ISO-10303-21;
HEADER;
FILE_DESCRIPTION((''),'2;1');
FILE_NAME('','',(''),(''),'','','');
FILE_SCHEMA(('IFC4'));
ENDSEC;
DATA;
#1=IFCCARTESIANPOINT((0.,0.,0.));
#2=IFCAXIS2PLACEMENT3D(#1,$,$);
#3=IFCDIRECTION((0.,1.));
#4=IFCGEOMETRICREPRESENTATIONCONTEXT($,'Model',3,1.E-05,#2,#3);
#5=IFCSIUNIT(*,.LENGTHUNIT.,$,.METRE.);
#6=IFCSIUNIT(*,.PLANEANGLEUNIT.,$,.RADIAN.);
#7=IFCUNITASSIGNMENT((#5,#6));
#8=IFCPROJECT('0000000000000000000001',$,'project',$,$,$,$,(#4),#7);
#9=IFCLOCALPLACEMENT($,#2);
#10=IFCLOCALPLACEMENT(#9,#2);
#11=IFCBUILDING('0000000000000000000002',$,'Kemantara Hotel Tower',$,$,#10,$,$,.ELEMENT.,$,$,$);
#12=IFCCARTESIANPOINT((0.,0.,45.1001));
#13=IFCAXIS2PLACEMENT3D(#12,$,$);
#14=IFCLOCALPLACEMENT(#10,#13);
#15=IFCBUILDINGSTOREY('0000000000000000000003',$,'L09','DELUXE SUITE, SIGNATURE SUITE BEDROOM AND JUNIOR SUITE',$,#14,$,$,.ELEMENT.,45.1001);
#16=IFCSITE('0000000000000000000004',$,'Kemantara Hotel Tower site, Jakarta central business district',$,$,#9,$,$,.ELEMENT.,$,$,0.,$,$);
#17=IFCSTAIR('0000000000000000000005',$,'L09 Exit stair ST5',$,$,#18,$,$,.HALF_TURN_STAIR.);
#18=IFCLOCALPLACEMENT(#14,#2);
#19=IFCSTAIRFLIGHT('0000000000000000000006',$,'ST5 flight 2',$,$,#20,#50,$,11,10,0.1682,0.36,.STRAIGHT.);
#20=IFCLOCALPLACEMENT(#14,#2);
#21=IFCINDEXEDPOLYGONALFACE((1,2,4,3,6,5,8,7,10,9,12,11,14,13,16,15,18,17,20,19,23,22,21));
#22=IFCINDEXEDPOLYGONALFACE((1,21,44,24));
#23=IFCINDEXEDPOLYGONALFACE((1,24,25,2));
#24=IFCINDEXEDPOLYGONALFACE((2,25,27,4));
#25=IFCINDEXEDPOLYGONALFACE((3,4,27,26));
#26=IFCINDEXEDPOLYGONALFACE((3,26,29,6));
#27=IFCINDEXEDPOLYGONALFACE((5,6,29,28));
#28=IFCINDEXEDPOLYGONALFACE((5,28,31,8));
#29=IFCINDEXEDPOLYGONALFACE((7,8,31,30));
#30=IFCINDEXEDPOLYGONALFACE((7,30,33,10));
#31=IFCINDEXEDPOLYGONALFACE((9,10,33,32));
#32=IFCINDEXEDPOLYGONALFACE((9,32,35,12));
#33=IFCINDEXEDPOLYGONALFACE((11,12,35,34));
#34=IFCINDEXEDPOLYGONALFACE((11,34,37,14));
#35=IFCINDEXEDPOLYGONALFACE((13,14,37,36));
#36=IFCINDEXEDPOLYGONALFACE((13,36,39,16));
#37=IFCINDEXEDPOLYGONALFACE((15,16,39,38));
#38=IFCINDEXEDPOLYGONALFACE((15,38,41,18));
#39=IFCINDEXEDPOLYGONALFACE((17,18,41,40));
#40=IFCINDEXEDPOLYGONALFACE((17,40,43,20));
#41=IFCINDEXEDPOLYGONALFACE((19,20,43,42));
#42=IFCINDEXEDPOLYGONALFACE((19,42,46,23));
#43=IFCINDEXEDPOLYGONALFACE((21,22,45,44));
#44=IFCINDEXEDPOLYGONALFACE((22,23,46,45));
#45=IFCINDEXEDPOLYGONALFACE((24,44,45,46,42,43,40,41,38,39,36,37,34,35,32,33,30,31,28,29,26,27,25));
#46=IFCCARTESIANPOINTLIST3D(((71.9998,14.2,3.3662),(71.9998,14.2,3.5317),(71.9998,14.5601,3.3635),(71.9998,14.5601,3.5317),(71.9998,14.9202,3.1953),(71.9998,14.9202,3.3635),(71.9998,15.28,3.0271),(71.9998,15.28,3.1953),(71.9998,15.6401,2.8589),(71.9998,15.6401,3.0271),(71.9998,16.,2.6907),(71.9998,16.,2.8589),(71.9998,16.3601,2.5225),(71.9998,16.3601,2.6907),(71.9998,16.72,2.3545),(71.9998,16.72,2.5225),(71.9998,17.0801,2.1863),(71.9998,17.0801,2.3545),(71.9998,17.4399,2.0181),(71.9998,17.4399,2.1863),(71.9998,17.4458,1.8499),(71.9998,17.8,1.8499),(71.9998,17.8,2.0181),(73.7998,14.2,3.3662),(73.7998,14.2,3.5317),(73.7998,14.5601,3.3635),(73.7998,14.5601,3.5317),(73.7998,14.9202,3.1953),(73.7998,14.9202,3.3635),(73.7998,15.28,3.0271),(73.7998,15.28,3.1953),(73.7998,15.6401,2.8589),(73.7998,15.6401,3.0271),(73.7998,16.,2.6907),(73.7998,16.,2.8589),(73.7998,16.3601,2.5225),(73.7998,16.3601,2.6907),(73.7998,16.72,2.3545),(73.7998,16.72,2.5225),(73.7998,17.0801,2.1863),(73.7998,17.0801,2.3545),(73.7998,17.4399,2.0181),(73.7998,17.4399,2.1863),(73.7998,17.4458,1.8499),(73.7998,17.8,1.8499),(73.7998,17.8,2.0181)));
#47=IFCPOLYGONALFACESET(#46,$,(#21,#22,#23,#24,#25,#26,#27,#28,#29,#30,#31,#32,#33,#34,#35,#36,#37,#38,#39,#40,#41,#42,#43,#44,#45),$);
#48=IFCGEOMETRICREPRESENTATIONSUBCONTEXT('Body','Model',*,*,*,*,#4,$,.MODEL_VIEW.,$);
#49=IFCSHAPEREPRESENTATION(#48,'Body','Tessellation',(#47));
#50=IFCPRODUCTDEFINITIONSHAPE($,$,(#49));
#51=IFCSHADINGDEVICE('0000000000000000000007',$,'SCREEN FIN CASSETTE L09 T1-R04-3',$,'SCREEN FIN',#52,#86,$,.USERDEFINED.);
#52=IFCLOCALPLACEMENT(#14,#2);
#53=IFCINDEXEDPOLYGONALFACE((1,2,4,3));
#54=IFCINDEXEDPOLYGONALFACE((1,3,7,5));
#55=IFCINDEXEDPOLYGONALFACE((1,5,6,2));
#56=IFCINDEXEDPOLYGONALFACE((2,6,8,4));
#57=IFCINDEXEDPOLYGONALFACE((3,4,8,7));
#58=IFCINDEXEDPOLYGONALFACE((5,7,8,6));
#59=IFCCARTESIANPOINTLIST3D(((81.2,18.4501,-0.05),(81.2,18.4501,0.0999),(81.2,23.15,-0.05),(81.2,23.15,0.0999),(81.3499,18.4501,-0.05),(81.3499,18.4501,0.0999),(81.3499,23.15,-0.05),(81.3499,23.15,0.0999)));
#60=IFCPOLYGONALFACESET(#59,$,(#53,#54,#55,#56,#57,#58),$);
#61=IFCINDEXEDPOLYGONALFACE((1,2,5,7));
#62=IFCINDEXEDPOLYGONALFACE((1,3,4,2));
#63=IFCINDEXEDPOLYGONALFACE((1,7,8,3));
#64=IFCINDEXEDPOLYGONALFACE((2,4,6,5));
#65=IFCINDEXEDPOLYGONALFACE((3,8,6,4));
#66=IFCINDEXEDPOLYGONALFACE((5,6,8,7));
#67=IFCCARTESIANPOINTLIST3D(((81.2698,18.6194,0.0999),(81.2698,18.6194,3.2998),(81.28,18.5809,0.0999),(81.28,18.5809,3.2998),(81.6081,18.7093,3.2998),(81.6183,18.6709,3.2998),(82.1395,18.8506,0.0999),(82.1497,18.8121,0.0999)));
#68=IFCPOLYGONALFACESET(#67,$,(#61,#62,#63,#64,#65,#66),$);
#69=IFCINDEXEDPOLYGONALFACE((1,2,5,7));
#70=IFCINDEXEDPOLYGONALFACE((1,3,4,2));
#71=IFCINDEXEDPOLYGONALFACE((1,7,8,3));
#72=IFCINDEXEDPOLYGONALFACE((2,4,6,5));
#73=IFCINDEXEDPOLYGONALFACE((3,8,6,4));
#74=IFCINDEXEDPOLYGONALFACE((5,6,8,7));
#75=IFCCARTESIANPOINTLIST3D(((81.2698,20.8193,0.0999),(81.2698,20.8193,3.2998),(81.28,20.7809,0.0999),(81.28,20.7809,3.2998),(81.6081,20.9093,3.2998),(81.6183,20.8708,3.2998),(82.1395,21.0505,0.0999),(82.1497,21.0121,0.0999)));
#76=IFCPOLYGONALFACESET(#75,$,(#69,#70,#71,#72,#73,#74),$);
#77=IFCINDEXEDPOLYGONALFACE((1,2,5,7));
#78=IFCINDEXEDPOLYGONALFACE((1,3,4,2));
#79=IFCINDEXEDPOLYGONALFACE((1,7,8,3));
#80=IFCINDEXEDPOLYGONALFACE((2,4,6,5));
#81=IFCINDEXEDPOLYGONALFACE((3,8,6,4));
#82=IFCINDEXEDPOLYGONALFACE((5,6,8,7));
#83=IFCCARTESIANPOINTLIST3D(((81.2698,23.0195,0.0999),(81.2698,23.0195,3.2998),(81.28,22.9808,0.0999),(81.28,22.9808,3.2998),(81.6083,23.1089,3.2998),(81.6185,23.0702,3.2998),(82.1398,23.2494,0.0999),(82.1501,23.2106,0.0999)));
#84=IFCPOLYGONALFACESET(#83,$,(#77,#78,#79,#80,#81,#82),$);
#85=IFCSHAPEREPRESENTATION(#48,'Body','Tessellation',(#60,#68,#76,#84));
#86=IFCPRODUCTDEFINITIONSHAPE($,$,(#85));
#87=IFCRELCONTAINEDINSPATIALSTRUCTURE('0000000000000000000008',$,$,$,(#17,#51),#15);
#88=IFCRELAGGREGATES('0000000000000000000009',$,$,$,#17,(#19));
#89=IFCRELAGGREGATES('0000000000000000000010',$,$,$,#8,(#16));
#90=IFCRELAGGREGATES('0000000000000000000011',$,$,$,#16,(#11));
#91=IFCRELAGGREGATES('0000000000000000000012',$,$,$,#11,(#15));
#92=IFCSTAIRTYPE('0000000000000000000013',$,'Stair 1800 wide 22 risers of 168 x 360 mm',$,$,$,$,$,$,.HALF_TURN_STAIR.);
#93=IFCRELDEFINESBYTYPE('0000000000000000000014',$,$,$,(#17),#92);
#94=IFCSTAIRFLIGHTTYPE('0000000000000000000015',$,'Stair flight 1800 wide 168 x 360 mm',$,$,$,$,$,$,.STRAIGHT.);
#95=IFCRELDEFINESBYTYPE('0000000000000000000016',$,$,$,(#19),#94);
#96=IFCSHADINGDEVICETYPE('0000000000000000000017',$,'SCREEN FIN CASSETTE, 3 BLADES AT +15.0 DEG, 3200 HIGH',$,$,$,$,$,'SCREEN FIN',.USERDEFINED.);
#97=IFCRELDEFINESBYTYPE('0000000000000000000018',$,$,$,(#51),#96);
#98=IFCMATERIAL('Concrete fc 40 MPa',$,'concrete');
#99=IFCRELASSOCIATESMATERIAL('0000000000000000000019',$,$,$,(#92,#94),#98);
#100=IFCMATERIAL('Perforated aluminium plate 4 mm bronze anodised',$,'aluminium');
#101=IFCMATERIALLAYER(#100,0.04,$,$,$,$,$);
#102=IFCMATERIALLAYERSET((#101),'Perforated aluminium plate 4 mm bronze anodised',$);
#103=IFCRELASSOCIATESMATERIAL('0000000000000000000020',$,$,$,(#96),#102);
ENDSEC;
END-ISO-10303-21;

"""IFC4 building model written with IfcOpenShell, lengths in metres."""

from ifc_helpers import new_model, si_unit, direction, frame, origin, origin_2d, place, context, subcontext, project, spatial, polyline, rectangle, outline, extrude, source, transform, mapped, material, layer, layer_set, type_object, element, aggregate, save


model = new_model("IFC4")

# Units and contexts
model_context = context("Model", 3, precision=1e-05, world=origin(), true_north=direction((0.0, 1.0)))
body_context = subcontext(model_context, "Body", "Model", "MODEL_VIEW")
ifc_project = project(units=[si_unit("LENGTHUNIT", "METRE"), si_unit("PLANEANGLEUNIT", "RADIAN")], contexts=[model_context])

# Site, building, storey
site_placement = place(None, origin())
site = spatial("IfcSite", under=ifc_project, at=site_placement, Name="Kemantara Hotel Tower site, Jakarta central business district", CompositionType="ELEMENT", RefElevation=0.0)
building_placement = place(site_placement, origin())
building = spatial("IfcBuilding", under=site, at=building_placement, Name="Kemantara Hotel Tower", CompositionType="ELEMENT")
storey_placement = place(building_placement, frame((0.0, 0.0, 45.1001)))
storey = spatial("IfcBuildingStorey", under=building, at=storey_placement, Name="L09", Description="DELUXE SUITE, SIGNATURE SUITE BEDROOM AND JUNIOR SUITE", CompositionType="ELEMENT", Elevation=45.1001)

# Shared definitions
ifc_material_1 = material(Name="Concrete fc 40 MPa", Category="concrete")

# Stair, stair flight
stair_type = type_object("IfcStairType", Name="Stair 1800 wide 22 risers of 168 x 360 mm", PredefinedType="HALF_TURN_STAIR", material=ifc_material_1)
stair_flight_type = type_object("IfcStairFlightType", Name="Stair flight 1800 wide 168 x 360 mm", PredefinedType="STRAIGHT", material=ifc_material_1)
stair_1_placement = place(storey_placement, origin())
stair_1 = element("IfcStair", 1, at=stair_1_placement, inside=storey, type_object=stair_type, Name="L09 Exit stair ST5", PredefinedType="HALF_TURN_STAIR")
stair_flight_1_placement = place(storey_placement, frame((72.8999, 17.8, 1.8499), z_axis=(0.0, 0.0, 1.0), x_axis=(0.0, -1.0, 0.0)))
stair_flight_1 = element("IfcStairFlight", 2, at=stair_flight_1_placement, type_object=stair_flight_type, Name="ST5 flight 2", NumberOfRisers=11, NumberOfTreads=10, PredefinedType="STRAIGHT", RiserHeight=0.1682, TreadLength=0.36, context=body_context, shape_type="SweptSolid", body=[
    extrude(outline(polyline([(0.0, 0.0), (0.0, 0.1682), (0.3601, 0.1682), (0.3601, 0.3364), (0.72, 0.3364), (0.72, 0.5046), (1.0801, 0.5046), (1.0801, 0.6726), (1.4399, 0.6726), (1.4399, 0.8408), (1.8, 0.8408), (1.8, 1.009), (2.1599, 1.009), (2.1599, 1.1772), (2.52, 1.1772), (2.52, 1.3455), (2.8799, 1.3455), (2.8799, 1.5137), (3.24, 1.5137), (3.24, 1.6819), (3.6001, 1.6819), (3.6001, 1.8501), (3.6001, 1.5164), (0.3542, 0.0), (0.0, 0.0)])), frame((0.0, 0.8999, 0.0), z_axis=(0.0, -1.0, 0.0), x_axis=(1.0, 0.0, 0.0)), (0.0, 0.0, 1.0), 1.8),
])
aggregate(stair_1, [stair_flight_1])

# Shading device
ifc_material_2 = material(Name="Perforated aluminium plate 4 mm bronze anodised", Category="aluminium")
ifc_layer_1 = layer(ifc_material_2, 0.04)
ifc_layer_set_1 = layer_set([ifc_layer_1], Name="Perforated aluminium plate 4 mm bronze anodised")
shading_device_type = type_object("IfcShadingDeviceType", Name="SCREEN FIN CASSETTE, 3 BLADES AT +15.0 DEG, 3200 HIGH", ElementType="SCREEN FIN", PredefinedType="USERDEFINED", material=ifc_layer_set_1)
shared_shape_1 = source(origin(), body_context, "Body", "SweptSolid", [
    extrude(rectangle(XDim=4.7, YDim=0.1499, at=origin_2d()), frame((2.2, -0.075, -0.1499), z_axis=(0.0, 0.0, 1.0), x_axis=(1.0, 0.0, 0.0)), (0.0, 0.0, 1.0), 0.1499),
    extrude(outline(polyline([(0.0, 0.0), (0.8999, 0.0), (0.3501, 3.2), (0.0, 3.2), (0.0, 0.0)])), frame((0.0193, -0.0698, 0.0), z_axis=(-0.966438, -0.256901, 0.0), x_axis=(0.256901, -0.966438, 0.0)), (0.0, 0.0, 1.0), 0.0398),
    extrude(outline(polyline([(0.0, 0.0), (0.8999, 0.0), (0.3501, 3.2), (0.0, 3.2), (0.0, 0.0)])), frame((2.2192, -0.0698, 0.0), z_axis=(-0.966438, -0.256901, 0.0), x_axis=(0.256901, -0.966438, 0.0)), (0.0, 0.0, 1.0), 0.0398),
    extrude(outline(polyline([(0.0, 0.0), (0.8999, 0.0), (0.3501, 3.2), (0.0, 3.2), (0.0, 0.0)])), frame((4.4194, -0.0698, 0.0), z_axis=(-0.966838, -0.255391, 0.0), x_axis=(0.255391, -0.966838, 0.0)), (0.0, 0.0, 1.0), 0.04),
])
shading_device_placement = place(storey_placement, frame((81.2, 18.6001, 0.0999), z_axis=(0.0, 0.0, 1.0), x_axis=(0.0, 1.0, 0.0)))
element("IfcShadingDevice", 3, at=shading_device_placement, inside=storey, type_object=shading_device_type, Name="SCREEN FIN CASSETTE L09 T1-R04-3", ObjectType="SCREEN FIN", PredefinedType="USERDEFINED", context=body_context, shape_type="MappedRepresentation", body=[
    mapped(shared_shape_1, transform((0.0, 0.0, 0.0))),
])

save(model, "model.ifc")
